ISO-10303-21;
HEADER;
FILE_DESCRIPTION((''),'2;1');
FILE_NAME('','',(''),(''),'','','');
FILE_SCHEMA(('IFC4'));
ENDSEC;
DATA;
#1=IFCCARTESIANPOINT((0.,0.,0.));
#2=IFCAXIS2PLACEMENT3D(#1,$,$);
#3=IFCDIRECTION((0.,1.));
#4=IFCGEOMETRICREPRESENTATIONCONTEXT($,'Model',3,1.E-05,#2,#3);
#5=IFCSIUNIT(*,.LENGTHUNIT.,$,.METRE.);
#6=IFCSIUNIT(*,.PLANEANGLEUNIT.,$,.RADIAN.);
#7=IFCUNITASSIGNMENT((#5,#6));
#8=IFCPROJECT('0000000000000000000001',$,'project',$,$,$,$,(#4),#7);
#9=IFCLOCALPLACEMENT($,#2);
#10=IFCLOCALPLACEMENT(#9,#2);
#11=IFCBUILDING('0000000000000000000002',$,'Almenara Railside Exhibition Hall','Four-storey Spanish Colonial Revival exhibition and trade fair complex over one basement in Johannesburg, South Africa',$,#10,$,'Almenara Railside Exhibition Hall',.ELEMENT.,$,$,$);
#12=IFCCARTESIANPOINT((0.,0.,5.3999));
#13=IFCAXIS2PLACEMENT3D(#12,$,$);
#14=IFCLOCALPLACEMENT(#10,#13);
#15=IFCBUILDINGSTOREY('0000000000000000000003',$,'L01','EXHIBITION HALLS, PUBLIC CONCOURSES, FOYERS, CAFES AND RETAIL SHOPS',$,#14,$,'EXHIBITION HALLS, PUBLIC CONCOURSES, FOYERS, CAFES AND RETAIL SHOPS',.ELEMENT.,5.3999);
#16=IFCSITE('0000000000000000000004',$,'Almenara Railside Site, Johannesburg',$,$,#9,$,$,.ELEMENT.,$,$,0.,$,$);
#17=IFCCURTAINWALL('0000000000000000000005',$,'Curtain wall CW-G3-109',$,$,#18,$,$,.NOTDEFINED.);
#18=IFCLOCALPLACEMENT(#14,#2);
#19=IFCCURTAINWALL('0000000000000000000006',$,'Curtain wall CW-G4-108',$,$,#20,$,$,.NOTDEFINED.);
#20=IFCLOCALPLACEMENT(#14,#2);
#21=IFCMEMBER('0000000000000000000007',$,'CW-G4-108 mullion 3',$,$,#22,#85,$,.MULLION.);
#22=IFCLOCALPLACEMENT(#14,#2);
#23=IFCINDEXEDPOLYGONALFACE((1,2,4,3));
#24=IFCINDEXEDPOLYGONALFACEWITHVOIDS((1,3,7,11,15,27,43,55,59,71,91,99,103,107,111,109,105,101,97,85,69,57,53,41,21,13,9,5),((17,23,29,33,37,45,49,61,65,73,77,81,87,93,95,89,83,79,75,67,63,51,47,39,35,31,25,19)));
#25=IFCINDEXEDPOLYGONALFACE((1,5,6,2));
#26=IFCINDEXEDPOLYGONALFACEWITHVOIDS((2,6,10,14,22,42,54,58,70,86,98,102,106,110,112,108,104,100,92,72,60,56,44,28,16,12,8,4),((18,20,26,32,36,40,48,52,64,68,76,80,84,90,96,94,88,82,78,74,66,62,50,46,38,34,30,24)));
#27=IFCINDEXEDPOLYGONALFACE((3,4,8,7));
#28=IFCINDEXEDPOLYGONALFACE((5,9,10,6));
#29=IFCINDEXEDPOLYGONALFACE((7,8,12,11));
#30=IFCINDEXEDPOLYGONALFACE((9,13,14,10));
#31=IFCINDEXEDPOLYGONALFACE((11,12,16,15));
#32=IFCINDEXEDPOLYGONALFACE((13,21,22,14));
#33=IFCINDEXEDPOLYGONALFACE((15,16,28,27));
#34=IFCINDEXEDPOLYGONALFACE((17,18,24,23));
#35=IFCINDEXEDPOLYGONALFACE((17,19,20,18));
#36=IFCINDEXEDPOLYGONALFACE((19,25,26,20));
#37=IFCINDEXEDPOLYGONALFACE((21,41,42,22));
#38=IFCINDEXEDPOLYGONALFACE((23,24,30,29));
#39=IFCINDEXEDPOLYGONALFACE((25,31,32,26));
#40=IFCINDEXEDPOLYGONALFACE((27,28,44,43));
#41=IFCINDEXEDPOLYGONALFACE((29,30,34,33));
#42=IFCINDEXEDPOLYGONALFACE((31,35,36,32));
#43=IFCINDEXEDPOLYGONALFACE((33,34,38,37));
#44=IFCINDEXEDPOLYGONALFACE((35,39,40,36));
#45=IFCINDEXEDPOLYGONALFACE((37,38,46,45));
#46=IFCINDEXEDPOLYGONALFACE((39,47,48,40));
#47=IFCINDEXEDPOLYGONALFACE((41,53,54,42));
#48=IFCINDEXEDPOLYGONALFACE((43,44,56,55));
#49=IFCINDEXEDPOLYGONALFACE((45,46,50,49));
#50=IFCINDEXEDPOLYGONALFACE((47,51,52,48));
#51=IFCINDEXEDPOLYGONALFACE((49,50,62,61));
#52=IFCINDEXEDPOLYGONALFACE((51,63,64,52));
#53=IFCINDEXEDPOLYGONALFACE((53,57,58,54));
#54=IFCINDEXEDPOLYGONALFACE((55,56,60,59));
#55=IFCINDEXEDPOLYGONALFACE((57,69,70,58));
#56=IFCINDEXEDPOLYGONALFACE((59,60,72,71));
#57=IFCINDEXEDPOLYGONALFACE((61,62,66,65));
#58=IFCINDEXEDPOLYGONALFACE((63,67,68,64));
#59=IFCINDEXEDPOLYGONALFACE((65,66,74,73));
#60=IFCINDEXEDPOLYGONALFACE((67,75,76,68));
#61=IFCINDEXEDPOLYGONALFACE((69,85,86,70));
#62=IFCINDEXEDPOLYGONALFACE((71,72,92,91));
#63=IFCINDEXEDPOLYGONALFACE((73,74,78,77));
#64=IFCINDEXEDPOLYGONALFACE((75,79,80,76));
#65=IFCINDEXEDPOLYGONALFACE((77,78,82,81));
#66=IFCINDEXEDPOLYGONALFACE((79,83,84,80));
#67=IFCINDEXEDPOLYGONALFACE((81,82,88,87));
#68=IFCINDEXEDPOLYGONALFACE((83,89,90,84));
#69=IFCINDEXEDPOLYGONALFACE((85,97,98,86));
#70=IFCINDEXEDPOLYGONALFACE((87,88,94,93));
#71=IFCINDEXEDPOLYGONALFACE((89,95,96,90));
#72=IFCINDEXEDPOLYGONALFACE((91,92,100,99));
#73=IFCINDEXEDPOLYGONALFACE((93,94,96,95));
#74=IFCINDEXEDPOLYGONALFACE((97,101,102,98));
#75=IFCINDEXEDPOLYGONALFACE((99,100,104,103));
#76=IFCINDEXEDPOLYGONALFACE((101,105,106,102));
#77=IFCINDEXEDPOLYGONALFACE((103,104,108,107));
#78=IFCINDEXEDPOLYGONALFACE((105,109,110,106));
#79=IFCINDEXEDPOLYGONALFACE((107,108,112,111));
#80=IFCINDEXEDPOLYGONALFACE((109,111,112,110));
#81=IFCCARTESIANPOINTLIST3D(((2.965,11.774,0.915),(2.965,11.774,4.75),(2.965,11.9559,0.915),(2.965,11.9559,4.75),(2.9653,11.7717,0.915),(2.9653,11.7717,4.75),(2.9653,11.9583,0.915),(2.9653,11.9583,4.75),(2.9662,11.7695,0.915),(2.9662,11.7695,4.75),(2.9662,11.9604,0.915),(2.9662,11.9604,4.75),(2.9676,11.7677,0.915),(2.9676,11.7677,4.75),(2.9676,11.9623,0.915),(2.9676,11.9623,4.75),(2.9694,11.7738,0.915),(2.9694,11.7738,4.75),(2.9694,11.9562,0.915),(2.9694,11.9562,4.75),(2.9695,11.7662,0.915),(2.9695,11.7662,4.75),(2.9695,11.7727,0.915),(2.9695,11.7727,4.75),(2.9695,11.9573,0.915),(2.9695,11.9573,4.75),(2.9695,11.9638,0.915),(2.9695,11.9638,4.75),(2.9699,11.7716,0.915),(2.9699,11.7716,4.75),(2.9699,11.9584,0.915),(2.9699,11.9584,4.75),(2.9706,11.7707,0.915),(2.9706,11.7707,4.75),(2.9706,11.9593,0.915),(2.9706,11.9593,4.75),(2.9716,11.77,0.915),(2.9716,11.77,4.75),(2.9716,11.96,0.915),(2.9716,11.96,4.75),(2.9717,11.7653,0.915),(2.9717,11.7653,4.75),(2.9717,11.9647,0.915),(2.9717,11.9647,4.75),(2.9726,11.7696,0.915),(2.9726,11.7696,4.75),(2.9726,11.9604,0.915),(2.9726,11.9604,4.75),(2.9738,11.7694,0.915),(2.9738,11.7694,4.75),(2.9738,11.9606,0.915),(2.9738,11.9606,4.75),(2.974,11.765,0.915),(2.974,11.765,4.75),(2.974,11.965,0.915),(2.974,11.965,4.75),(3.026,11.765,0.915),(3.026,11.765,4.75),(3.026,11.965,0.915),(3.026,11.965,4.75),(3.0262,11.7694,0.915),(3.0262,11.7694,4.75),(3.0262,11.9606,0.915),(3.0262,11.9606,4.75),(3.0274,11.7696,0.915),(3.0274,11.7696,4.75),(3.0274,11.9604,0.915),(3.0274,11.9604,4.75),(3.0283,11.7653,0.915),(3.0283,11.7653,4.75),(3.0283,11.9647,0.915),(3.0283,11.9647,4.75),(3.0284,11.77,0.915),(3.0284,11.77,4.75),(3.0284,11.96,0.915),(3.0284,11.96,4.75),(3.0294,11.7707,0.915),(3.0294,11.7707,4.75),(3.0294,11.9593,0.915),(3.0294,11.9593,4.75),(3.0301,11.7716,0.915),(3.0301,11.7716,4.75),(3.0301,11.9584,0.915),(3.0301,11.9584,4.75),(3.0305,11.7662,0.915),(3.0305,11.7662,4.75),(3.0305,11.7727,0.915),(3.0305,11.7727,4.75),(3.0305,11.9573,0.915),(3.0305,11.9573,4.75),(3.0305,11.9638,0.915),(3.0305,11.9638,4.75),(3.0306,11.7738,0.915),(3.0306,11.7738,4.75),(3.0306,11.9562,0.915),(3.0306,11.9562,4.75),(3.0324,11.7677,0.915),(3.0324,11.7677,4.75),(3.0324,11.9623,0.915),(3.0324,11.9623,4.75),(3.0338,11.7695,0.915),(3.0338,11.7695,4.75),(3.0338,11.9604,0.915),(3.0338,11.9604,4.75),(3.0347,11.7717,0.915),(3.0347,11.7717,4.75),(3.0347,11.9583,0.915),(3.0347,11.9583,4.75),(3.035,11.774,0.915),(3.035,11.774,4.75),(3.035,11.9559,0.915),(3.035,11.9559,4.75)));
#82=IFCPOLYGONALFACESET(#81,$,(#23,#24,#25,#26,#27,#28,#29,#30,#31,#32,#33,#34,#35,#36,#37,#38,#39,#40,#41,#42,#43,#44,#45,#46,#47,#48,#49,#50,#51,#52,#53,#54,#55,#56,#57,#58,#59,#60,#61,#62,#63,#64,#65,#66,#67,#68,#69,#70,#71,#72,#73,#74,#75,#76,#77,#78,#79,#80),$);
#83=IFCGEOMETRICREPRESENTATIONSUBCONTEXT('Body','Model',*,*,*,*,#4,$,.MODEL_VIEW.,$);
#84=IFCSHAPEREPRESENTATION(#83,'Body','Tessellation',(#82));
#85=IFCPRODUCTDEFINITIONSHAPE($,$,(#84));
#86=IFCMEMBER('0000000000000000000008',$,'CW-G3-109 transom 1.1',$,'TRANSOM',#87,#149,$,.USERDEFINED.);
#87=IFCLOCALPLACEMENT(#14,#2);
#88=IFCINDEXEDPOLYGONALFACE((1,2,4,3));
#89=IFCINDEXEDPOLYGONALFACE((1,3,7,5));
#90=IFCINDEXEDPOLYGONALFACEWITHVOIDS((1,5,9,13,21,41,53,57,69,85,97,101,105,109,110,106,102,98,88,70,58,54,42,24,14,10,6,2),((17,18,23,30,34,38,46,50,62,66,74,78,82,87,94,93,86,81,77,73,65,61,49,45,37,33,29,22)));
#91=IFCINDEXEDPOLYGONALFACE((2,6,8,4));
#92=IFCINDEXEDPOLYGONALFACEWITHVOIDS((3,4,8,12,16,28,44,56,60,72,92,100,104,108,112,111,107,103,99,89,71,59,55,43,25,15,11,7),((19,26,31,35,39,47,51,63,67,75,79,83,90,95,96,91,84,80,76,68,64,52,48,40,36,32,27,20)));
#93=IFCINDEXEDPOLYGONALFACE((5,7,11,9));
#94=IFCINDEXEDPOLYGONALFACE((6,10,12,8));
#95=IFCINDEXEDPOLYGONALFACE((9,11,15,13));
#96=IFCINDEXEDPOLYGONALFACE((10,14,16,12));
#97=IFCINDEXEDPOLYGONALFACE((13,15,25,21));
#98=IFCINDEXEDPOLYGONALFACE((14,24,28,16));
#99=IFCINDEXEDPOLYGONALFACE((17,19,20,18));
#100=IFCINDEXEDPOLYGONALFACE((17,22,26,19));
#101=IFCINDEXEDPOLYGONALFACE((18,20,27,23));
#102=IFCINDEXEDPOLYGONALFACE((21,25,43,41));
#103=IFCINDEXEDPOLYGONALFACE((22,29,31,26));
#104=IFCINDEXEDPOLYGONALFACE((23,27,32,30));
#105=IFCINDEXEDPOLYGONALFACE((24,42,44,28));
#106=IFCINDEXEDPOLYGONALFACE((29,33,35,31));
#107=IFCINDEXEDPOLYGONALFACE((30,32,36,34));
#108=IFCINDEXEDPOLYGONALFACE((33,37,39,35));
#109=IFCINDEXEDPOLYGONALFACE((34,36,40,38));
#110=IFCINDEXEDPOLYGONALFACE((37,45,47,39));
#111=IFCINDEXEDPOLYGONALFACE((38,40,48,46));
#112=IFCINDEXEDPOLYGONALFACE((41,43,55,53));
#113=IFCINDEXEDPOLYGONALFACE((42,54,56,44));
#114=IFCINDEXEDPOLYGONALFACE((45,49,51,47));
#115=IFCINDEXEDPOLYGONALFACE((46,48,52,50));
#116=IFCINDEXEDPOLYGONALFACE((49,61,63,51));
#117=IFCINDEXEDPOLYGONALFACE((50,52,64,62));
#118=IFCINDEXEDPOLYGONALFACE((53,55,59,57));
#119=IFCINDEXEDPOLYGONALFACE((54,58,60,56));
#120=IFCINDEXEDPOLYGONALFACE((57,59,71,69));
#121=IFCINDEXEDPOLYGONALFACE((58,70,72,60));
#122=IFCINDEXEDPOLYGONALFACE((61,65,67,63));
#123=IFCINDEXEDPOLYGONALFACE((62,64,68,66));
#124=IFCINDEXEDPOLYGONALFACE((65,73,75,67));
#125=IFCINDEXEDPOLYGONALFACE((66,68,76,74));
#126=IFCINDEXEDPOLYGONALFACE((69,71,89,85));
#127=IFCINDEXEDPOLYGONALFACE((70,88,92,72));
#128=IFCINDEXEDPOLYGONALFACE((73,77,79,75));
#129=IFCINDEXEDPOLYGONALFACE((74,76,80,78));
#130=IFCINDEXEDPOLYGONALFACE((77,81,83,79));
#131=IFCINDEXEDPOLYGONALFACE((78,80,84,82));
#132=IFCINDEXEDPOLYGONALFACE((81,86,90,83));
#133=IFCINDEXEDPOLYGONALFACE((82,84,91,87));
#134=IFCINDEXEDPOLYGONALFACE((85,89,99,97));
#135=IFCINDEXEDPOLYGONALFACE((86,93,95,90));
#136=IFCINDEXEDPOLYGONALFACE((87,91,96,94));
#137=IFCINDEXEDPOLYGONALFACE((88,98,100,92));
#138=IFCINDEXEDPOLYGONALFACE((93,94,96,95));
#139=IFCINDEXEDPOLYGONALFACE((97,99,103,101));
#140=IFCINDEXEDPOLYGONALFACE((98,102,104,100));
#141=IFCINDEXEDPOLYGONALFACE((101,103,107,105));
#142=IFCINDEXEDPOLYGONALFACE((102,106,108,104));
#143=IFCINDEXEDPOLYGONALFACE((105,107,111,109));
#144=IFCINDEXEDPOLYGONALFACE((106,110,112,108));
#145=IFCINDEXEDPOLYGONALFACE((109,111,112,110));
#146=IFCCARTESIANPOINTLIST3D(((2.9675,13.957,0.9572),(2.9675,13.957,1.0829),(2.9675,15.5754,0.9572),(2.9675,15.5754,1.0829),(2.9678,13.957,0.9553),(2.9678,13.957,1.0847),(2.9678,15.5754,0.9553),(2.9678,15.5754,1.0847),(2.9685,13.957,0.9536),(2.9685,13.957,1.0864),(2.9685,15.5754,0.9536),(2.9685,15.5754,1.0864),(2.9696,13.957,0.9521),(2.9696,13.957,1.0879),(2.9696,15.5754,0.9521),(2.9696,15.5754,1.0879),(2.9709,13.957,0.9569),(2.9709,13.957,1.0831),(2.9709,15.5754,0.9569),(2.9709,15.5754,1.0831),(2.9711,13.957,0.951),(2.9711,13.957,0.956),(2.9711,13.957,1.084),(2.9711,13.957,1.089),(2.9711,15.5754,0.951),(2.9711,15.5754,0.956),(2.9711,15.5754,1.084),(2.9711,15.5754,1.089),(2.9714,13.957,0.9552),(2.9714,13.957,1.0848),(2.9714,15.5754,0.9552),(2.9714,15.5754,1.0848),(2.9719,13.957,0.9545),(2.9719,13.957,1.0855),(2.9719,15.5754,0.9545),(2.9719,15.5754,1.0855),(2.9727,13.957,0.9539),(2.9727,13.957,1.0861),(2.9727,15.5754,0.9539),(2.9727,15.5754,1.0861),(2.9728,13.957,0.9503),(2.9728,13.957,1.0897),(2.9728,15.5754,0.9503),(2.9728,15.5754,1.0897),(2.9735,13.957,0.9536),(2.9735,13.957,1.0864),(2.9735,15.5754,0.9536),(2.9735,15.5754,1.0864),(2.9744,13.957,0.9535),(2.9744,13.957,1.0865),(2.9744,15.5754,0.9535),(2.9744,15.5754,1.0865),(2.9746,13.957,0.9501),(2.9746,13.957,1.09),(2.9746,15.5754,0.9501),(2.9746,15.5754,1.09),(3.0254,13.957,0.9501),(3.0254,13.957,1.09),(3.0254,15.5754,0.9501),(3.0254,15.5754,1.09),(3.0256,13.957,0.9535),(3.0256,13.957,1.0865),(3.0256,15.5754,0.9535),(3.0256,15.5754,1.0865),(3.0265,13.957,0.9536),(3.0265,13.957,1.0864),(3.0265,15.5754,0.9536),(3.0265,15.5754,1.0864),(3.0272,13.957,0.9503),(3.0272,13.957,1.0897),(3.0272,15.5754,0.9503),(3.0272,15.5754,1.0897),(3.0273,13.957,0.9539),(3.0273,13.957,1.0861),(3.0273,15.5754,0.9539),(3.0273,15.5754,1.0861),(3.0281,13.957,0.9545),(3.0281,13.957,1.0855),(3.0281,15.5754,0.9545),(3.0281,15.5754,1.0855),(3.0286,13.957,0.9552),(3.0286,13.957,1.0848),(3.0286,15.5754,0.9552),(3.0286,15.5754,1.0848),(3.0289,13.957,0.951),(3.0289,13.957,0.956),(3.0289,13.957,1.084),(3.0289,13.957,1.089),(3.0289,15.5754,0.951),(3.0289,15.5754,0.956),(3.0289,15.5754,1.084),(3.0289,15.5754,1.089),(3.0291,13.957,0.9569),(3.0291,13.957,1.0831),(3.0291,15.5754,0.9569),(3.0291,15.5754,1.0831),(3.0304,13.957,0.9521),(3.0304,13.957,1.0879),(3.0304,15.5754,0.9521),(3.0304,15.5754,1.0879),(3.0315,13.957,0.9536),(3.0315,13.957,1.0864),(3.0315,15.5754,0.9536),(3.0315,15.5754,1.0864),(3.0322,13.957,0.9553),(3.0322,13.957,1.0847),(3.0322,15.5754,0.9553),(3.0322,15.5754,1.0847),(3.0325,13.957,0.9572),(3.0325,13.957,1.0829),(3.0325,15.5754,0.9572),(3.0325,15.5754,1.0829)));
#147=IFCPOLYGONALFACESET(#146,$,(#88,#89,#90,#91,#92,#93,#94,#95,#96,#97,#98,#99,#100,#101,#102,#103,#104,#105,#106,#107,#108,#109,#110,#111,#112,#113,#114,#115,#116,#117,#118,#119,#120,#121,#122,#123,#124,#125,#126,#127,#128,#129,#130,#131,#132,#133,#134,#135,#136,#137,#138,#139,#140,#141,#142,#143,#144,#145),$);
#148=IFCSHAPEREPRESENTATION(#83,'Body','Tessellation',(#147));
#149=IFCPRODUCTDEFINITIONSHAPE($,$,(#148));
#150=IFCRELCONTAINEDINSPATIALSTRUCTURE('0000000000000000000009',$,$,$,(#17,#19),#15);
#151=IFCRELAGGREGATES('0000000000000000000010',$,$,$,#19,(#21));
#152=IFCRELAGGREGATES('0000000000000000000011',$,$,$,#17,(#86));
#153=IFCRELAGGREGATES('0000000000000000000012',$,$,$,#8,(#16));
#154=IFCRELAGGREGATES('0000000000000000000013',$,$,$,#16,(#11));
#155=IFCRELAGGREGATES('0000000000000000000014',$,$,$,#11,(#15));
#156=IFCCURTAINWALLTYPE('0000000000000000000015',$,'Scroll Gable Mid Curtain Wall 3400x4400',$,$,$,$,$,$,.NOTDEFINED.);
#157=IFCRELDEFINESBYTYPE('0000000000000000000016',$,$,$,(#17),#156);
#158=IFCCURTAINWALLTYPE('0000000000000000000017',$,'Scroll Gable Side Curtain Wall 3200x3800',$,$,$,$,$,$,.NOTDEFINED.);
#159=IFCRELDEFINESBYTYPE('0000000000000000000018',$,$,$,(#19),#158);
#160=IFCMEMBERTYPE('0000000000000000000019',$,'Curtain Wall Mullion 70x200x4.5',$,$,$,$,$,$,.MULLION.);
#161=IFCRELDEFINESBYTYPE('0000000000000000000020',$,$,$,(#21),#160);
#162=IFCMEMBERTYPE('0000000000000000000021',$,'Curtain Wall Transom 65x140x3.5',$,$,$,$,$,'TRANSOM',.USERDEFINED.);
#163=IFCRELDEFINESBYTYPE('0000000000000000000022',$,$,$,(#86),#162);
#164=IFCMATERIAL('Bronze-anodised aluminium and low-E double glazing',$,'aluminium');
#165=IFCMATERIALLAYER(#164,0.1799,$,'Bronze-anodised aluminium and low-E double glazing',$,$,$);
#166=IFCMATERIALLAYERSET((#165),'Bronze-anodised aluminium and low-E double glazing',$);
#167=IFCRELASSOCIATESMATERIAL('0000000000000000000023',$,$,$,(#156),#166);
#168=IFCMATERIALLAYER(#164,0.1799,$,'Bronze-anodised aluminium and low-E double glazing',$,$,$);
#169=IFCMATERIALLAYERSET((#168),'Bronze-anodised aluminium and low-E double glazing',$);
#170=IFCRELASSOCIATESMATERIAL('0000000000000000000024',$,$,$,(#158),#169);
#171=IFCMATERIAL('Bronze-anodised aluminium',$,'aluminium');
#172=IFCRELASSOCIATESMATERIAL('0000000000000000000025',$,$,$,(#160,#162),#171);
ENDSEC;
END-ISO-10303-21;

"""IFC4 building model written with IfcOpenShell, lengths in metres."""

from ifc_helpers import new_model, si_unit, direction, frame, origin, origin_2d, place, context, subcontext, project, spatial, hollow_rectangle, extrude, material, layer, layer_set, material_profile, profile_set, type_object, element, aggregate, save


model = new_model("IFC4")

# Units and contexts
model_context = context("Model", 3, precision=1e-05, world=origin(), true_north=direction((0.0, 1.0)))
body_context = subcontext(model_context, "Body", "Model", "MODEL_VIEW")
ifc_project = project(units=[si_unit("LENGTHUNIT", "METRE"), si_unit("PLANEANGLEUNIT", "RADIAN")], contexts=[model_context])

# Site, building, storey
site_placement = place(None, origin())
site = spatial("IfcSite", under=ifc_project, at=site_placement, Name="Almenara Railside Site, Johannesburg", CompositionType="ELEMENT", RefElevation=0.0)
building_placement = place(site_placement, origin())
building = spatial("IfcBuilding", under=site, at=building_placement, Name="Almenara Railside Exhibition Hall", Description="Four-storey Spanish Colonial Revival exhibition and trade fair complex over one basement in Johannesburg, South Africa", LongName="Almenara Railside Exhibition Hall", CompositionType="ELEMENT")
storey_placement = place(building_placement, frame((0.0, 0.0, 5.3999)))
storey = spatial("IfcBuildingStorey", under=building, at=storey_placement, Name="L01", Description="EXHIBITION HALLS, PUBLIC CONCOURSES, FOYERS, CAFES AND RETAIL SHOPS", LongName="EXHIBITION HALLS, PUBLIC CONCOURSES, FOYERS, CAFES AND RETAIL SHOPS", CompositionType="ELEMENT", Elevation=5.3999)

# Curtain wall
ifc_material_1 = material(Name="Bronze-anodised aluminium and low-E double glazing", Category="aluminium")
ifc_layer_1 = layer(ifc_material_1, 0.1799, Name="Bronze-anodised aluminium and low-E double glazing")
ifc_layer_set_1 = layer_set([ifc_layer_1], Name="Bronze-anodised aluminium and low-E double glazing")
curtain_wall_type_1 = type_object("IfcCurtainWallType", Name="Scroll Gable Mid Curtain Wall 3400x4400", PredefinedType="NOTDEFINED", material=ifc_layer_set_1)
curtain_wall_1_placement = place(storey_placement, origin())
curtain_wall_1 = element("IfcCurtainWall", 1, at=curtain_wall_1_placement, inside=storey, type_object=curtain_wall_type_1, Name="Curtain wall CW-G3-109", PredefinedType="NOTDEFINED")
ifc_material_2 = material(Name="Bronze-anodised aluminium", Category="aluminium")

# Curtain wall, member
ifc_layer_2 = layer(ifc_material_1, 0.1799, Name="Bronze-anodised aluminium and low-E double glazing")
ifc_layer_set_2 = layer_set([ifc_layer_2], Name="Bronze-anodised aluminium and low-E double glazing")
curtain_wall_type_2 = type_object("IfcCurtainWallType", Name="Scroll Gable Side Curtain Wall 3200x3800", PredefinedType="NOTDEFINED", material=ifc_layer_set_2)
curtain_wall_2_placement = place(storey_placement, origin())
curtain_wall_2 = element("IfcCurtainWall", 2, at=curtain_wall_2_placement, inside=storey, type_object=curtain_wall_type_2, Name="Curtain wall CW-G4-108", PredefinedType="NOTDEFINED")
ifc_material_profile_1 = material_profile(ifc_material_2, hollow_rectangle(XDim=0.0701, YDim=0.2, WallThickness=0.0044, InnerFilletRadius=0.0044, OuterFilletRadius=0.009, at=origin_2d()), Name="ALU-MUL 70x200x4.5")
ifc_profile_set_1 = profile_set([ifc_material_profile_1], Name="Bronze-anodised aluminium")
member_type_1 = type_object("IfcMemberType", Name="Curtain Wall Mullion 70x200x4.5", PredefinedType="MULLION", material=ifc_profile_set_1)
member_1_placement = place(storey_placement, frame((3.0, 11.865, 0.915), z_axis=(0.0, 0.0, 1.0), x_axis=(-1.0, 0.0, 0.0)))
member_1 = element("IfcMember", 3, at=member_1_placement, type_object=member_type_1, Name="CW-G4-108 mullion 3", PredefinedType="MULLION", context=body_context, shape_type="SweptSolid", body=[
    extrude(hollow_rectangle(XDim=0.0701, YDim=0.2, WallThickness=0.0044, InnerFilletRadius=0.0044, OuterFilletRadius=0.009, at=origin_2d()), origin(), (0.0, 0.0, 1.0), 3.835),
])

# Member
ifc_material_profile_2 = material_profile(ifc_material_2, hollow_rectangle(XDim=0.0649, YDim=0.1399, WallThickness=0.0034, InnerFilletRadius=0.0034, OuterFilletRadius=0.0071, at=origin_2d()), Name="ALU-TRN 65x140x3.5")
ifc_profile_set_2 = profile_set([ifc_material_profile_2], Name="Bronze-anodised aluminium")
member_type_2 = type_object("IfcMemberType", Name="Curtain Wall Transom 65x140x3.5", ElementType="TRANSOM", PredefinedType="USERDEFINED", material=ifc_profile_set_2)
member_2_placement = place(storey_placement, frame((3.0, 13.957, 1.02), z_axis=(0.0, 1.0, 0.0), x_axis=(-1.0, 0.0, 0.0)))
member_2 = element("IfcMember", 4, at=member_2_placement, type_object=member_type_2, Name="CW-G3-109 transom 1.1", ObjectType="TRANSOM", PredefinedType="USERDEFINED", context=body_context, shape_type="SweptSolid", body=[
    extrude(hollow_rectangle(XDim=0.0649, YDim=0.1399, WallThickness=0.0034, InnerFilletRadius=0.0034, OuterFilletRadius=0.0071, at=origin_2d()), origin(), (0.0, 0.0, 1.0), 1.6184),
])

aggregate(curtain_wall_2, [member_1])
aggregate(curtain_wall_1, [member_2])

save(model, "model.ifc")
